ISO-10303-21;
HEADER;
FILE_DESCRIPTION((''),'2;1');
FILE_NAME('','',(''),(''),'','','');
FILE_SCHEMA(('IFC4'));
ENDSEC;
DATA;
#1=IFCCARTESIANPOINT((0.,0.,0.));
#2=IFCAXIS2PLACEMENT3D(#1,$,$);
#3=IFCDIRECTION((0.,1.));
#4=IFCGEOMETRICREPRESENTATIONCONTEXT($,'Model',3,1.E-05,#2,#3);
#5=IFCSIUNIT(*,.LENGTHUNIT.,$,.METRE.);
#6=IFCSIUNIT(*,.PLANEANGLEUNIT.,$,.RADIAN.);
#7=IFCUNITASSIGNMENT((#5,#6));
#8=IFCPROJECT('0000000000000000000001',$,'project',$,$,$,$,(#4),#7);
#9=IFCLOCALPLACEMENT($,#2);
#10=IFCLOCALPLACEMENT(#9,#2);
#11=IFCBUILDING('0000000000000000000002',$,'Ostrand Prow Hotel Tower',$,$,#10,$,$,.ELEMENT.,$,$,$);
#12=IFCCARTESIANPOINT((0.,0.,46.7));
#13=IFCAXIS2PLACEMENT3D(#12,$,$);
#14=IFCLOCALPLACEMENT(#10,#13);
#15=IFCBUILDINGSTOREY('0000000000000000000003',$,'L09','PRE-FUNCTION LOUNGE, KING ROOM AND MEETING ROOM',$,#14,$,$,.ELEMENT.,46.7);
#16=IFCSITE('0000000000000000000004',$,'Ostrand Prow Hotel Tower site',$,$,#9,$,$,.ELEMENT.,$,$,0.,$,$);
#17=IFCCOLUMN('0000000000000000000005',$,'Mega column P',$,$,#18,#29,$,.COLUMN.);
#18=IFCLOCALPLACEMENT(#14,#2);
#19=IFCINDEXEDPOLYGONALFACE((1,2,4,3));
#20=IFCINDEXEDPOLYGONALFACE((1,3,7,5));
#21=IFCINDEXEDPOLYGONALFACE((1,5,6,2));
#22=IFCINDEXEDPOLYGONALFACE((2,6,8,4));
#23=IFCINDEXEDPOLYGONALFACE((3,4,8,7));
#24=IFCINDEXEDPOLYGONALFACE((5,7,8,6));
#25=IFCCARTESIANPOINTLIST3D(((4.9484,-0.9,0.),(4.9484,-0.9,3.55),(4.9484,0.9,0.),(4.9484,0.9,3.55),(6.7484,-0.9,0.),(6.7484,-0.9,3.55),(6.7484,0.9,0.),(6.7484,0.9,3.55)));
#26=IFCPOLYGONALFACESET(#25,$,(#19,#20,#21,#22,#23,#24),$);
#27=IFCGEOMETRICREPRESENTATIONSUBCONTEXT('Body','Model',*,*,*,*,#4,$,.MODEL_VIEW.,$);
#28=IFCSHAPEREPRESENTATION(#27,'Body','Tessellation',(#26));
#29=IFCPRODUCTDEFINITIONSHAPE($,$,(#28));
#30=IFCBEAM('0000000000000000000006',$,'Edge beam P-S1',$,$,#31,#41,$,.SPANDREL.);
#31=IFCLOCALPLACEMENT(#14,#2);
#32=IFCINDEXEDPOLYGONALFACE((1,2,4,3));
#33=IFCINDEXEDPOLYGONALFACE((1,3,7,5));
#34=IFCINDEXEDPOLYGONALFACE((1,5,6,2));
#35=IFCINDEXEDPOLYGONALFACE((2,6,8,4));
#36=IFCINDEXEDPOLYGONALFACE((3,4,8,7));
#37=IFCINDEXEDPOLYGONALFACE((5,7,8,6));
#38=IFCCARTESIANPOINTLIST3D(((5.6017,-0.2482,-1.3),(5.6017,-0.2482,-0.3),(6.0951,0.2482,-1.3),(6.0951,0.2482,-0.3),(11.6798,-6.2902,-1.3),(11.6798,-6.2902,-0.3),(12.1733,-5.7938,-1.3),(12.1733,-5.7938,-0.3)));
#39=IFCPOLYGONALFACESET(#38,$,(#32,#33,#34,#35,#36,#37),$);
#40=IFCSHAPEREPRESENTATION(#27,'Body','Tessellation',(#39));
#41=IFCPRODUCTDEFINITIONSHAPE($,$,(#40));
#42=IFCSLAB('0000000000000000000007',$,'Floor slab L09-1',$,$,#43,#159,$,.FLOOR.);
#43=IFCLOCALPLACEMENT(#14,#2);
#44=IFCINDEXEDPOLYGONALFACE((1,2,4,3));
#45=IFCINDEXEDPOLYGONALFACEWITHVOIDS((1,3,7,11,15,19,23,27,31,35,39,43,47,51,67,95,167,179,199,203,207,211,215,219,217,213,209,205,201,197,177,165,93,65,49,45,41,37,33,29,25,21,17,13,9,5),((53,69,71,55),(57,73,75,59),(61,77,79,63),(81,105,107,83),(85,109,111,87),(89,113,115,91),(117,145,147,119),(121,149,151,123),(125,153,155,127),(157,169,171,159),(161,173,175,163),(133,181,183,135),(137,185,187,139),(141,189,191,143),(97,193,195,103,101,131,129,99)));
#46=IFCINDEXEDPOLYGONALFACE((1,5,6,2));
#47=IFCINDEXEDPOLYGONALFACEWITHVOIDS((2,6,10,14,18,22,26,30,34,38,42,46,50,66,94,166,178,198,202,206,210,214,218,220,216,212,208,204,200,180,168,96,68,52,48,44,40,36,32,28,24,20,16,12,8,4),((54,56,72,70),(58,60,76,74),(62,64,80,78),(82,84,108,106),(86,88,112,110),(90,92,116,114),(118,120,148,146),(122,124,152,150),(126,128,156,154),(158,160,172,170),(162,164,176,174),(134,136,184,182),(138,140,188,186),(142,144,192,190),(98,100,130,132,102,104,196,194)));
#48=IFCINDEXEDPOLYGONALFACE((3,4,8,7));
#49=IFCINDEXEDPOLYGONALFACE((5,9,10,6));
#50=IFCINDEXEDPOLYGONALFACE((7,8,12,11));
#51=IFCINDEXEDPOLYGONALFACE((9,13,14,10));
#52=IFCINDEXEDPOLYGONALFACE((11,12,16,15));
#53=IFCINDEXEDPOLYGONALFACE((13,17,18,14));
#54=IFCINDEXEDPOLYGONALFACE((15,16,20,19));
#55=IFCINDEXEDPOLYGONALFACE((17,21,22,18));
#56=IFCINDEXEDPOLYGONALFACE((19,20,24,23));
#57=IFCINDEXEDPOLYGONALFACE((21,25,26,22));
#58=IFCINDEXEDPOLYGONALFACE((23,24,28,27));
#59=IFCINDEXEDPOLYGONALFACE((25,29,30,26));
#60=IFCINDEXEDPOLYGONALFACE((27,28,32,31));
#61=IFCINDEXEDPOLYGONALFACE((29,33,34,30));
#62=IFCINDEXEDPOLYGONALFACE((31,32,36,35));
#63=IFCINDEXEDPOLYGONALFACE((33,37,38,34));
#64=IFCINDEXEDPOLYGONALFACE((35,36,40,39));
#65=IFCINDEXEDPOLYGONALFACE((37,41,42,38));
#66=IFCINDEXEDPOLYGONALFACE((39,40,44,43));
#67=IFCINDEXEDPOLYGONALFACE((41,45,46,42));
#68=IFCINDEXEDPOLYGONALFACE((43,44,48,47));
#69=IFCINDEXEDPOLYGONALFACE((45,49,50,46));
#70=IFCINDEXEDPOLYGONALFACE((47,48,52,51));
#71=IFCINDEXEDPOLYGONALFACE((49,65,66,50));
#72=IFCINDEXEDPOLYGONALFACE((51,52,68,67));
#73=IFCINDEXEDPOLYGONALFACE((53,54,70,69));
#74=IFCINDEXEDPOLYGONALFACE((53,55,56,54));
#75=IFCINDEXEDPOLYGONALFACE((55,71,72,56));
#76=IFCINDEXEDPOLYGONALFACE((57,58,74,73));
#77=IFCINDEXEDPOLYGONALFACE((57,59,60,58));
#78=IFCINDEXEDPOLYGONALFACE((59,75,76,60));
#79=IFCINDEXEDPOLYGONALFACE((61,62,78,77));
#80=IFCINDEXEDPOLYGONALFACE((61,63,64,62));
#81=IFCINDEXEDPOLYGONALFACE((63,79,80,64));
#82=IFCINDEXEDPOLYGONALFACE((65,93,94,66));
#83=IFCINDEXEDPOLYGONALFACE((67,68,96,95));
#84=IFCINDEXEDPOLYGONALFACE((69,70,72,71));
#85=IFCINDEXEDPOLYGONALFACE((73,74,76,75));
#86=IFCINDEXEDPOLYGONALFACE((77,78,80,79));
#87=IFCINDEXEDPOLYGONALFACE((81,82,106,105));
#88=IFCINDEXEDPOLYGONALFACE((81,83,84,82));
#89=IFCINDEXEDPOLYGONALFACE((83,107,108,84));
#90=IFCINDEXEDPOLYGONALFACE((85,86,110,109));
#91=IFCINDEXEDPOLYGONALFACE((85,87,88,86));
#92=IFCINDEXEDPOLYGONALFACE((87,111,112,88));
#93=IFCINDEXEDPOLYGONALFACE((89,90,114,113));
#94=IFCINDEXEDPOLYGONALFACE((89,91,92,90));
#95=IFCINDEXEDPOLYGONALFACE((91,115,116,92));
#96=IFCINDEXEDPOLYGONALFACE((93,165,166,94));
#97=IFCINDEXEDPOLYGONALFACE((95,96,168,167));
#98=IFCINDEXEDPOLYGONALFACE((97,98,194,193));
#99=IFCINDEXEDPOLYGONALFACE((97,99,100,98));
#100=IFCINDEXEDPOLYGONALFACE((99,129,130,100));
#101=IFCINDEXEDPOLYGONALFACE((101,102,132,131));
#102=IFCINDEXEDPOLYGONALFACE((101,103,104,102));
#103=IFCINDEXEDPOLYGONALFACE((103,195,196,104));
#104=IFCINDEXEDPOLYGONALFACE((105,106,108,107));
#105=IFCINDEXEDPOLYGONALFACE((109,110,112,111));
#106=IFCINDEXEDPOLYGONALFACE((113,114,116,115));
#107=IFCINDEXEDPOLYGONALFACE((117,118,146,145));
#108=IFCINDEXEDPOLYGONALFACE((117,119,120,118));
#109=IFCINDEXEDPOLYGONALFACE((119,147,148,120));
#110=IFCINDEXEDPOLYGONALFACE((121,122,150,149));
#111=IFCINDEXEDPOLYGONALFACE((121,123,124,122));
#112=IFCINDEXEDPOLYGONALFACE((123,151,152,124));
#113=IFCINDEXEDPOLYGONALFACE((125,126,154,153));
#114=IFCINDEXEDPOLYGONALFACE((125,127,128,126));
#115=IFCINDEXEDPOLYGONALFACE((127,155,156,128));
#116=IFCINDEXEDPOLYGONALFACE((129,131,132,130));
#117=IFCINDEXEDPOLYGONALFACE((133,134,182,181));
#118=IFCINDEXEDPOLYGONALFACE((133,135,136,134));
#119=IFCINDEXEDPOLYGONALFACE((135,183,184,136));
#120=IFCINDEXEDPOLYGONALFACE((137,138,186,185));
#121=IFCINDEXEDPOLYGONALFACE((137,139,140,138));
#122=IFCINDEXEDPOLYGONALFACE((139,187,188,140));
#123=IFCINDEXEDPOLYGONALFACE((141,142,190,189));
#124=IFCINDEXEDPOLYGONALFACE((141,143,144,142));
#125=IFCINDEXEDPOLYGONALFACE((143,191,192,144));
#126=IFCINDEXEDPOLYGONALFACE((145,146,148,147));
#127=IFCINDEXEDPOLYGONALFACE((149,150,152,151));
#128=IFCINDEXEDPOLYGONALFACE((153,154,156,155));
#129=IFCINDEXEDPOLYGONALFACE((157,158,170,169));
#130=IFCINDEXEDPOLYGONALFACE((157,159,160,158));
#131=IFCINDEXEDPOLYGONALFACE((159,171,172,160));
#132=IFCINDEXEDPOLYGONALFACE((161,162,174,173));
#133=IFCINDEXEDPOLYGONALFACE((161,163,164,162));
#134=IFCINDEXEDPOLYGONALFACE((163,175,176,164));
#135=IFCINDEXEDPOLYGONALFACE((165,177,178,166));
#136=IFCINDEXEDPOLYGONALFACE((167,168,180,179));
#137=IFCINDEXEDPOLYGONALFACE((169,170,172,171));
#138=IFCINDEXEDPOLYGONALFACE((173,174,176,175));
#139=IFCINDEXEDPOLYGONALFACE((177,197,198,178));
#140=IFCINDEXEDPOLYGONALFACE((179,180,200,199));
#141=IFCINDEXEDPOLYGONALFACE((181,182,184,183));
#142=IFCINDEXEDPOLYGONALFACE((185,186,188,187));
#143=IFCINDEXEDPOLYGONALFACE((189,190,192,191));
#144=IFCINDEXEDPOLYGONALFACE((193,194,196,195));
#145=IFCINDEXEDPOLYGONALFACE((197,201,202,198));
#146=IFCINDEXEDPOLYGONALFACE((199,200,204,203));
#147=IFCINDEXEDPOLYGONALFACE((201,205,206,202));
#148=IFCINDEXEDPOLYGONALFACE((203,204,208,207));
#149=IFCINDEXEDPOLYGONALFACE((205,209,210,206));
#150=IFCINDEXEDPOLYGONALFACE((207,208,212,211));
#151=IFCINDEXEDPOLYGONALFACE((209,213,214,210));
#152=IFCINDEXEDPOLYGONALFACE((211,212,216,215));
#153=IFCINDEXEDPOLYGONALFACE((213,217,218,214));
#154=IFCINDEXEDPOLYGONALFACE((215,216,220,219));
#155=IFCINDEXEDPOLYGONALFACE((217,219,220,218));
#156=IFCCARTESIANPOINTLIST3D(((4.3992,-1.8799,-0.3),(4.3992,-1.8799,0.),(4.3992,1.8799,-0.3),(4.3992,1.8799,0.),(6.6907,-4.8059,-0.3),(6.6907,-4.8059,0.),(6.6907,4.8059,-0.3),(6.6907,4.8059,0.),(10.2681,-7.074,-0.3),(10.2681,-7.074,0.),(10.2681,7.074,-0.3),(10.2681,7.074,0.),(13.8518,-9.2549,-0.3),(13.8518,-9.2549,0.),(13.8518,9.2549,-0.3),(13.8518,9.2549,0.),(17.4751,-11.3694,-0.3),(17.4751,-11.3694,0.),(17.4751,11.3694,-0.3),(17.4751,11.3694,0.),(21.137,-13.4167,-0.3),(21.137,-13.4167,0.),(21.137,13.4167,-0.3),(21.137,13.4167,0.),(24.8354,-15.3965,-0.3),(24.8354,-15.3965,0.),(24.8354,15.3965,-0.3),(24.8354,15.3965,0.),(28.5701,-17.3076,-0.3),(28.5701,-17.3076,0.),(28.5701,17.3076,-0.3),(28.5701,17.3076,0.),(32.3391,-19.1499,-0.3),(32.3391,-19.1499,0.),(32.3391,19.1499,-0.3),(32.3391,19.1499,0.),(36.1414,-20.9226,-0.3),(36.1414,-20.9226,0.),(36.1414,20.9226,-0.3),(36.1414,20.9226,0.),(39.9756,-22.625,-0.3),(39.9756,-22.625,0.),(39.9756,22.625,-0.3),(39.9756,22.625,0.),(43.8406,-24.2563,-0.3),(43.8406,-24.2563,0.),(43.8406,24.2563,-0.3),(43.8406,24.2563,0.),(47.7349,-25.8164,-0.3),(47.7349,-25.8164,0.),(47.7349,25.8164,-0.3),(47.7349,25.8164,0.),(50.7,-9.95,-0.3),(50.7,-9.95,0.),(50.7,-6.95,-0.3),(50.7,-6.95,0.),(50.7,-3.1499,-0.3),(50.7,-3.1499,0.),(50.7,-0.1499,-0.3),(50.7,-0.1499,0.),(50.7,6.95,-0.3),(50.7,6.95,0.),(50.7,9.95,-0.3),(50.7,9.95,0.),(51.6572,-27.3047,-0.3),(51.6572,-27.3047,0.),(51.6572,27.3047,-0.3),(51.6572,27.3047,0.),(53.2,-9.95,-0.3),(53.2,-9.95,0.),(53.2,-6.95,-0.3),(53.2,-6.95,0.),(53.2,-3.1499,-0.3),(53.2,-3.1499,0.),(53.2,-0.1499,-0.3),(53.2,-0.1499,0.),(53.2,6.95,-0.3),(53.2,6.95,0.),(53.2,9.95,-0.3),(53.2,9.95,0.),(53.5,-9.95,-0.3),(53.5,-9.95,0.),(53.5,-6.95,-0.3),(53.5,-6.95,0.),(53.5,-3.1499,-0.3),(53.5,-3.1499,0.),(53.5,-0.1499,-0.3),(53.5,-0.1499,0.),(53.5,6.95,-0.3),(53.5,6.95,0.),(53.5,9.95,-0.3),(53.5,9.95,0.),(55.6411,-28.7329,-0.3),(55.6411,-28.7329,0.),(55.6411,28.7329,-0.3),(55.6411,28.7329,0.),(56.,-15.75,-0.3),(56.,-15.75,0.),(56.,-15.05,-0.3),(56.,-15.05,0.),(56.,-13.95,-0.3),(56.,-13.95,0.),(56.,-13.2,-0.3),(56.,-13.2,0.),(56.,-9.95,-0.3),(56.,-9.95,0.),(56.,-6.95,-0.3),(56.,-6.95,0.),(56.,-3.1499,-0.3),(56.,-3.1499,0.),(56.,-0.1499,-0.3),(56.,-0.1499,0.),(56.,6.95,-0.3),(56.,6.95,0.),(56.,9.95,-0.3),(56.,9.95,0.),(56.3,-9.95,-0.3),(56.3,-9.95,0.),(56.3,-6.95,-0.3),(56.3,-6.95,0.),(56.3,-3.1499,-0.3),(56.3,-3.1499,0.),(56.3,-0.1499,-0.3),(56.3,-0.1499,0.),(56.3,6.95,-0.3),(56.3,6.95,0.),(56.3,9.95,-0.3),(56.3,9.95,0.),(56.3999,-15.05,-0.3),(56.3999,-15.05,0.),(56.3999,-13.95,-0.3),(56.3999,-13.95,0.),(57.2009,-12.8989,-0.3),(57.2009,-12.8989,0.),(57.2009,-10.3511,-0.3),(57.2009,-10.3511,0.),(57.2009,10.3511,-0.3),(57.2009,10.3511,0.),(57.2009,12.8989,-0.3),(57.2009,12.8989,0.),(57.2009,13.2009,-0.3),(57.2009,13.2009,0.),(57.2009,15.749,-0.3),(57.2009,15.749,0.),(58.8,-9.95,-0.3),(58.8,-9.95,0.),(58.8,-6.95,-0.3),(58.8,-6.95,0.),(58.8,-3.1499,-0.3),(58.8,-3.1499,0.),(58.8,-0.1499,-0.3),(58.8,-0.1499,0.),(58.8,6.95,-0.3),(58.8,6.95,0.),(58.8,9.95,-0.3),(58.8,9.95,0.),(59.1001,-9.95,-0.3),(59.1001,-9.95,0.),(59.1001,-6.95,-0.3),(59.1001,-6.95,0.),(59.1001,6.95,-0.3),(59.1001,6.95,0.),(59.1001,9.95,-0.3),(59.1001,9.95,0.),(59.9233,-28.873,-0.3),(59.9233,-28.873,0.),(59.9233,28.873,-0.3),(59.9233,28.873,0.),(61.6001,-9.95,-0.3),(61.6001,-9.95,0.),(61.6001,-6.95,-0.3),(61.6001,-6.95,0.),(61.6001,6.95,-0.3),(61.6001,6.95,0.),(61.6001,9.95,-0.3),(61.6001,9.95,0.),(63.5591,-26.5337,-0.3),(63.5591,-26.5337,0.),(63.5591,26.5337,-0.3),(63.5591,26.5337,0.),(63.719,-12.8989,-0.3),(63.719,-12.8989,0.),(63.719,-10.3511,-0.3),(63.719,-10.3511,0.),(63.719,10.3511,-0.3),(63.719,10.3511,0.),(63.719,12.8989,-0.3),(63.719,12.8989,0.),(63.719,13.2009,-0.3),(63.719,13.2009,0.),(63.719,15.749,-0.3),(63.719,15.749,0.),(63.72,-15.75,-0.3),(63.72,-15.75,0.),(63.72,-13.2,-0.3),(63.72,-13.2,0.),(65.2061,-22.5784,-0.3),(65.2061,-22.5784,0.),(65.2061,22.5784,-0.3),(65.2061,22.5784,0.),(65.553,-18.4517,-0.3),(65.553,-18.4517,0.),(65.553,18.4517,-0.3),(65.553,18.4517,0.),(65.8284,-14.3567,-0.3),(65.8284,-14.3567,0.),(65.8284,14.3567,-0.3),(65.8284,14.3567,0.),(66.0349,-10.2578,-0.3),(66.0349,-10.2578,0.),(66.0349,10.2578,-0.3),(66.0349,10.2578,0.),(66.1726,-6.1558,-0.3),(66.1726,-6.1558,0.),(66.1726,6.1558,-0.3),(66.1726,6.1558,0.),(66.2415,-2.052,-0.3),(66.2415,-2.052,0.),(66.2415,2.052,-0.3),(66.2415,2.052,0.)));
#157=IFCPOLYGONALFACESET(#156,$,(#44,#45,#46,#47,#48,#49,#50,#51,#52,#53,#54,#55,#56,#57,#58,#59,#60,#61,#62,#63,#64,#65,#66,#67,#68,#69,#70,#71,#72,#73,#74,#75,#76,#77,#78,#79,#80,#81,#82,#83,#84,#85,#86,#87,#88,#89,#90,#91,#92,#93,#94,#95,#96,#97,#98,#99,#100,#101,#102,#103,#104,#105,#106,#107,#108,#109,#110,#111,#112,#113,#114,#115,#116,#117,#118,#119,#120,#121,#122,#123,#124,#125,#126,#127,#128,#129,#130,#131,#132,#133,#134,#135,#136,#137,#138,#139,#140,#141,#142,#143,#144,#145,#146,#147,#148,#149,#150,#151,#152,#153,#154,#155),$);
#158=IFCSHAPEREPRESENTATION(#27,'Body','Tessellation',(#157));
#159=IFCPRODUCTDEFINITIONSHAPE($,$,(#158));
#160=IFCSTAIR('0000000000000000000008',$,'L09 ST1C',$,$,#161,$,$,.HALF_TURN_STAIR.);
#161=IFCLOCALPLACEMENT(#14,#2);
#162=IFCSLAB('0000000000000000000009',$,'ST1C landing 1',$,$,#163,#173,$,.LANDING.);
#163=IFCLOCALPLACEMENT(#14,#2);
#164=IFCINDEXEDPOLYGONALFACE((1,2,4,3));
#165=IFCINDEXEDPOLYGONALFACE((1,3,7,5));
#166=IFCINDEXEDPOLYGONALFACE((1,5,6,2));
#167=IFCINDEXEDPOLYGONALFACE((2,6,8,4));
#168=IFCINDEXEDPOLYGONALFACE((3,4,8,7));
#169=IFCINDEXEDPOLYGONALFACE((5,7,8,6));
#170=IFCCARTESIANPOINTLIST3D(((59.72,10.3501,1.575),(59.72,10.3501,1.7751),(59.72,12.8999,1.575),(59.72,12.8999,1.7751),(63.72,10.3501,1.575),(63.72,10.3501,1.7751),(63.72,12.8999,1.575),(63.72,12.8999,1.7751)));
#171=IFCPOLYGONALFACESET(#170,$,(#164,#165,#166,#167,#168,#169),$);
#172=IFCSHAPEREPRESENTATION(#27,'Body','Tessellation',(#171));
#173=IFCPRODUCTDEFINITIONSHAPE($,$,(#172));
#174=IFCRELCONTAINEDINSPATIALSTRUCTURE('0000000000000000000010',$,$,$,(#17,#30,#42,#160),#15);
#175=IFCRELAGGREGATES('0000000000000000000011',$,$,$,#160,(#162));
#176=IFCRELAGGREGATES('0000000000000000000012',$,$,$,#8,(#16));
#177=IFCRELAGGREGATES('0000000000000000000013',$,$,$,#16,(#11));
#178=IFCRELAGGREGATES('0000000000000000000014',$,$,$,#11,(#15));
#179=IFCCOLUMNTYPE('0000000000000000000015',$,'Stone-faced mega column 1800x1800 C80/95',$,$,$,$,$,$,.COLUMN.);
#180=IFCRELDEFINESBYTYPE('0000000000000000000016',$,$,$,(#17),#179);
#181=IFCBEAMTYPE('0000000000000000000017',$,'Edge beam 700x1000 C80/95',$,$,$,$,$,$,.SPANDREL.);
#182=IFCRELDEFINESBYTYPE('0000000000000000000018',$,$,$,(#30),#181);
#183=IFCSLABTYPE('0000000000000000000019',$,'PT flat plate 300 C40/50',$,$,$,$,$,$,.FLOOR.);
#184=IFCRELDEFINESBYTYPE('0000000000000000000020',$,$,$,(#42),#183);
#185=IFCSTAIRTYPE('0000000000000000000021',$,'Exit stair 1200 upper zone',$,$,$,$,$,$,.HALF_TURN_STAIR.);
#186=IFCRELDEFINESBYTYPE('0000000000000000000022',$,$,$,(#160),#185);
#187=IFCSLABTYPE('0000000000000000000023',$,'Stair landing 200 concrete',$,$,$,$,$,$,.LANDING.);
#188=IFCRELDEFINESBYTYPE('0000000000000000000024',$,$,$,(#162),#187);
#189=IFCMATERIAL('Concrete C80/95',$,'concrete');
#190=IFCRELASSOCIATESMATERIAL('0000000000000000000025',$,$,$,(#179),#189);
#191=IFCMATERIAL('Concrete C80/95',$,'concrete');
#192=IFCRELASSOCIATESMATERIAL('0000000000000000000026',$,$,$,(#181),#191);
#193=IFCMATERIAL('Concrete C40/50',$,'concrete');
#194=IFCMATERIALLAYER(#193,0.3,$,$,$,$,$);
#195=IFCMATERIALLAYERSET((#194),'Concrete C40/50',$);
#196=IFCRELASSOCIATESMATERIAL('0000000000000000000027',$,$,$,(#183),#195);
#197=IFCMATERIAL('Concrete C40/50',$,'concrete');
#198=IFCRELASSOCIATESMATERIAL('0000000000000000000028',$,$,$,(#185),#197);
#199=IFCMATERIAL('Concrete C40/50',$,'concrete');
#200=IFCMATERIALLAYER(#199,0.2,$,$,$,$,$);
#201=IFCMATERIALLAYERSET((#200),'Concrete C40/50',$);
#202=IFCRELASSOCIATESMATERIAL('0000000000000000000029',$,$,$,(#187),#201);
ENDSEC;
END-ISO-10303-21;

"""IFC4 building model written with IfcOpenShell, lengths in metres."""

from ifc_helpers import new_model, si_unit, direction, frame, origin, origin_2d, place, context, subcontext, project, spatial, polyline, rectangle, outline, extrude, material, layer, layer_set, material_profile, profile_set, type_object, element, aggregate, save


model = new_model("IFC4")

# Units and contexts
model_context = context("Model", 3, precision=1e-05, world=origin(), true_north=direction((0.0, 1.0)))
body_context = subcontext(model_context, "Body", "Model", "MODEL_VIEW")
ifc_project = project(units=[si_unit("LENGTHUNIT", "METRE"), si_unit("PLANEANGLEUNIT", "RADIAN")], contexts=[model_context])

# Site, building, storey
site_placement = place(None, origin())
site = spatial("IfcSite", under=ifc_project, at=site_placement, Name="Ostrand Prow Hotel Tower site", CompositionType="ELEMENT", RefElevation=0.0)
building_placement = place(site_placement, origin())
building = spatial("IfcBuilding", under=site, at=building_placement, Name="Ostrand Prow Hotel Tower", CompositionType="ELEMENT")
storey_placement = place(building_placement, frame((0.0, 0.0, 46.7)))
storey = spatial("IfcBuildingStorey", under=building, at=storey_placement, Name="L09", Description="PRE-FUNCTION LOUNGE, KING ROOM AND MEETING ROOM", CompositionType="ELEMENT", Elevation=46.7)

# Column
ifc_material_1 = material(Name="Concrete C80/95", Category="concrete")
ifc_material_profile_1 = material_profile(ifc_material_1, rectangle(XDim=1.8, YDim=1.8, at=origin_2d()), Name="RC 1800x1800")
ifc_profile_set_1 = profile_set([ifc_material_profile_1], Name="Concrete C80/95")
column_type = type_object("IfcColumnType", Name="Stone-faced mega column 1800x1800 C80/95", PredefinedType="COLUMN", material=ifc_profile_set_1)
column_placement = place(storey_placement, frame((5.8484, 0.0, 0.0), z_axis=(0.0, 0.0, 1.0), x_axis=(1.0, 0.0, 0.0)))
element("IfcColumn", 1, at=column_placement, inside=storey, type_object=column_type, Name="Mega column P", PredefinedType="COLUMN", context=body_context, shape_type="SweptSolid", body=[
    extrude(rectangle(XDim=1.8, YDim=1.8, at=origin_2d()), origin(), (0.0, 0.0, 1.0), 3.55),
])

# Beam
ifc_material_2 = material(Name="Concrete C80/95", Category="concrete")
ifc_material_profile_2 = material_profile(ifc_material_2, rectangle(XDim=0.7, YDim=1.0, at=origin_2d()), Name="RC 700x1000")
ifc_profile_set_2 = profile_set([ifc_material_profile_2], Name="Concrete C80/95")
beam_type = type_object("IfcBeamType", Name="Edge beam 700x1000 C80/95", PredefinedType="SPANDREL", material=ifc_profile_set_2)
beam_placement = place(storey_placement, frame((5.8484, 0.0, -0.8), z_axis=(0.709212, -0.704996, 0.0), x_axis=(0.704996, 0.709212, 0.0)))
element("IfcBeam", 2, at=beam_placement, inside=storey, type_object=beam_type, Name="Edge beam P-S1", PredefinedType="SPANDREL", context=body_context, shape_type="SweptSolid", body=[
    extrude(rectangle(XDim=0.7, YDim=1.0, at=origin_2d()), origin(), (0.0, 0.0, 1.0), 8.5703),
])

# Slab, opening
ifc_material_3 = material(Name="Concrete C40/50", Category="concrete")
ifc_layer_1 = layer(ifc_material_3, 0.3)
ifc_layer_set_1 = layer_set([ifc_layer_1], Name="Concrete C40/50")
slab_type_1 = type_object("IfcSlabType", Name="PT flat plate 300 C40/50", PredefinedType="FLOOR", material=ifc_layer_set_1)
slab_1_placement = place(storey_placement, frame((0.0, 0.0, -0.3)))
slab_1 = element("IfcSlab", 3, at=slab_1_placement, inside=storey, type_object=slab_type_1, Name="Floor slab L09-1", PredefinedType="FLOOR", context=body_context, shape_type="SweptSolid", body=[
    extrude(outline(polyline([(6.6907, 4.8059), (10.2681, 7.074), (13.8518, 9.2549), (17.4751, 11.3694), (21.137, 13.4167), (24.8354, 15.3965), (28.5701, 17.3076), (32.3391, 19.1499), (36.1414, 20.9226), (39.9756, 22.625), (43.8406, 24.2563), (47.7349, 25.8164), (51.6572, 27.3047), (55.6411, 28.7329), (59.9233, 28.873), (63.5591, 26.5337), (65.2061, 22.5784), (65.553, 18.4517), (65.8284, 14.3567), (66.0349, 10.2578), (66.1726, 6.1558), (66.2415, 2.052), (66.2415, -2.052), (66.1726, -6.1558), (66.0349, -10.2578), (65.8284, -14.3567), (65.553, -18.4517), (65.2061, -22.5784), (63.5591, -26.5337), (59.9233, -28.873), (55.6411, -28.7329), (51.6572, -27.3047), (47.7349, -25.8164), (43.8406, -24.2563), (39.9756, -22.625), (36.1414, -20.9226), (32.3391, -19.1499), (28.5701, -17.3076), (24.8354, -15.3965), (21.137, -13.4167), (17.4751, -11.3694), (13.8518, -9.2549), (10.2681, -7.074), (6.6907, -4.8059), (4.3992, -1.8799), (4.3992, 1.8799), (6.6907, 4.8059)]), holes=[polyline([(50.7, 6.95), (53.2, 6.95), (53.2, 9.95), (50.7, 9.95), (50.7, 6.95)]), polyline([(53.5, 6.95), (56.0, 6.95), (56.0, 9.95), (53.5, 9.95), (53.5, 6.95)]), polyline([(56.3, 6.95), (58.8, 6.95), (58.8, 9.95), (56.3, 9.95), (56.3, 6.95)]), polyline([(59.1001, 6.95), (61.6001, 6.95), (61.6001, 9.95), (59.1001, 9.95), (59.1001, 6.95)]), polyline([(50.7, -3.1499), (53.2, -3.1499), (53.2, -0.1499), (50.7, -0.1499), (50.7, -3.1499)]), polyline([(53.5, -3.1499), (56.0, -3.1499), (56.0, -0.1499), (53.5, -0.1499), (53.5, -3.1499)]), polyline([(56.3, -3.1499), (58.8, -3.1499), (58.8, -0.1499), (56.3, -0.1499), (56.3, -3.1499)]), polyline([(50.7, -9.95), (53.2, -9.95), (53.2, -6.95), (50.7, -6.95), (50.7, -9.95)]), polyline([(53.5, -9.95), (56.0, -9.95), (56.0, -6.95), (53.5, -6.95), (53.5, -9.95)]), polyline([(56.3, -9.95), (58.8, -9.95), (58.8, -6.95), (56.3, -6.95), (56.3, -9.95)]), polyline([(59.1001, -9.95), (61.6001, -9.95), (61.6001, -6.95), (59.1001, -6.95), (59.1001, -9.95)]), polyline([(57.2009, 10.3511), (57.2009, 12.8989), (63.719, 12.8989), (63.719, 10.3511), (57.2009, 10.3511)]), polyline([(57.2009, 13.2009), (57.2009, 15.749), (63.719, 15.749), (63.719, 13.2009), (57.2009, 13.2009)]), polyline([(57.2009, -12.8989), (57.2009, -10.3511), (63.719, -10.3511), (63.719, -12.8989), (57.2009, -12.8989)]), polyline([(56.0, -13.2), (63.72, -13.2), (63.72, -15.75), (56.0, -15.75), (56.0, -15.05), (56.3999, -15.05), (56.3999, -13.95), (56.0, -13.95), (56.0, -13.2)])]), origin(), (0.0, 0.0, 1.0), 0.3),
])
opening_1_placement = place(slab_1_placement, origin())
element("IfcOpeningElement", 4, at=opening_1_placement, cuts=slab_1, PredefinedType="OPENING", context=body_context, shape_type="SweptSolid", body=[
    extrude(outline(polyline([(56.0, -13.2), (63.72, -13.2), (63.72, -15.75), (56.0, -15.75), (56.0, -15.05), (56.3999, -15.05), (56.3999, -13.95), (56.0, -13.95), (56.0, -13.2)])), origin(), (0.0, 0.0, 1.0), 0.3),
])

# Stair, slab
ifc_material_4 = material(Name="Concrete C40/50", Category="concrete")
stair_type = type_object("IfcStairType", Name="Exit stair 1200 upper zone", PredefinedType="HALF_TURN_STAIR", material=ifc_material_4)
stair_1_placement = place(storey_placement, origin())
stair_1 = element("IfcStair", 5, at=stair_1_placement, inside=storey, type_object=stair_type, Name="L09 ST1C", PredefinedType="HALF_TURN_STAIR")
ifc_material_5 = material(Name="Concrete C40/50", Category="concrete")
ifc_layer_2 = layer(ifc_material_5, 0.2)
ifc_layer_set_2 = layer_set([ifc_layer_2], Name="Concrete C40/50")
slab_type_2 = type_object("IfcSlabType", Name="Stair landing 200 concrete", PredefinedType="LANDING", material=ifc_layer_set_2)
slab_2_placement = place(storey_placement, frame((0.0, 0.0, 1.575)))
slab_2 = element("IfcSlab", 6, at=slab_2_placement, type_object=slab_type_2, Name="ST1C landing 1", PredefinedType="LANDING", context=body_context, shape_type="SweptSolid", body=[
    extrude(outline(polyline([(59.72, 10.3501), (63.72, 10.3501), (63.72, 12.8999), (59.72, 12.8999), (59.72, 10.3501)])), origin(), (0.0, 0.0, 1.0), 0.2002),
])
aggregate(stair_1, [slab_2])

save(model, "model.ifc")
